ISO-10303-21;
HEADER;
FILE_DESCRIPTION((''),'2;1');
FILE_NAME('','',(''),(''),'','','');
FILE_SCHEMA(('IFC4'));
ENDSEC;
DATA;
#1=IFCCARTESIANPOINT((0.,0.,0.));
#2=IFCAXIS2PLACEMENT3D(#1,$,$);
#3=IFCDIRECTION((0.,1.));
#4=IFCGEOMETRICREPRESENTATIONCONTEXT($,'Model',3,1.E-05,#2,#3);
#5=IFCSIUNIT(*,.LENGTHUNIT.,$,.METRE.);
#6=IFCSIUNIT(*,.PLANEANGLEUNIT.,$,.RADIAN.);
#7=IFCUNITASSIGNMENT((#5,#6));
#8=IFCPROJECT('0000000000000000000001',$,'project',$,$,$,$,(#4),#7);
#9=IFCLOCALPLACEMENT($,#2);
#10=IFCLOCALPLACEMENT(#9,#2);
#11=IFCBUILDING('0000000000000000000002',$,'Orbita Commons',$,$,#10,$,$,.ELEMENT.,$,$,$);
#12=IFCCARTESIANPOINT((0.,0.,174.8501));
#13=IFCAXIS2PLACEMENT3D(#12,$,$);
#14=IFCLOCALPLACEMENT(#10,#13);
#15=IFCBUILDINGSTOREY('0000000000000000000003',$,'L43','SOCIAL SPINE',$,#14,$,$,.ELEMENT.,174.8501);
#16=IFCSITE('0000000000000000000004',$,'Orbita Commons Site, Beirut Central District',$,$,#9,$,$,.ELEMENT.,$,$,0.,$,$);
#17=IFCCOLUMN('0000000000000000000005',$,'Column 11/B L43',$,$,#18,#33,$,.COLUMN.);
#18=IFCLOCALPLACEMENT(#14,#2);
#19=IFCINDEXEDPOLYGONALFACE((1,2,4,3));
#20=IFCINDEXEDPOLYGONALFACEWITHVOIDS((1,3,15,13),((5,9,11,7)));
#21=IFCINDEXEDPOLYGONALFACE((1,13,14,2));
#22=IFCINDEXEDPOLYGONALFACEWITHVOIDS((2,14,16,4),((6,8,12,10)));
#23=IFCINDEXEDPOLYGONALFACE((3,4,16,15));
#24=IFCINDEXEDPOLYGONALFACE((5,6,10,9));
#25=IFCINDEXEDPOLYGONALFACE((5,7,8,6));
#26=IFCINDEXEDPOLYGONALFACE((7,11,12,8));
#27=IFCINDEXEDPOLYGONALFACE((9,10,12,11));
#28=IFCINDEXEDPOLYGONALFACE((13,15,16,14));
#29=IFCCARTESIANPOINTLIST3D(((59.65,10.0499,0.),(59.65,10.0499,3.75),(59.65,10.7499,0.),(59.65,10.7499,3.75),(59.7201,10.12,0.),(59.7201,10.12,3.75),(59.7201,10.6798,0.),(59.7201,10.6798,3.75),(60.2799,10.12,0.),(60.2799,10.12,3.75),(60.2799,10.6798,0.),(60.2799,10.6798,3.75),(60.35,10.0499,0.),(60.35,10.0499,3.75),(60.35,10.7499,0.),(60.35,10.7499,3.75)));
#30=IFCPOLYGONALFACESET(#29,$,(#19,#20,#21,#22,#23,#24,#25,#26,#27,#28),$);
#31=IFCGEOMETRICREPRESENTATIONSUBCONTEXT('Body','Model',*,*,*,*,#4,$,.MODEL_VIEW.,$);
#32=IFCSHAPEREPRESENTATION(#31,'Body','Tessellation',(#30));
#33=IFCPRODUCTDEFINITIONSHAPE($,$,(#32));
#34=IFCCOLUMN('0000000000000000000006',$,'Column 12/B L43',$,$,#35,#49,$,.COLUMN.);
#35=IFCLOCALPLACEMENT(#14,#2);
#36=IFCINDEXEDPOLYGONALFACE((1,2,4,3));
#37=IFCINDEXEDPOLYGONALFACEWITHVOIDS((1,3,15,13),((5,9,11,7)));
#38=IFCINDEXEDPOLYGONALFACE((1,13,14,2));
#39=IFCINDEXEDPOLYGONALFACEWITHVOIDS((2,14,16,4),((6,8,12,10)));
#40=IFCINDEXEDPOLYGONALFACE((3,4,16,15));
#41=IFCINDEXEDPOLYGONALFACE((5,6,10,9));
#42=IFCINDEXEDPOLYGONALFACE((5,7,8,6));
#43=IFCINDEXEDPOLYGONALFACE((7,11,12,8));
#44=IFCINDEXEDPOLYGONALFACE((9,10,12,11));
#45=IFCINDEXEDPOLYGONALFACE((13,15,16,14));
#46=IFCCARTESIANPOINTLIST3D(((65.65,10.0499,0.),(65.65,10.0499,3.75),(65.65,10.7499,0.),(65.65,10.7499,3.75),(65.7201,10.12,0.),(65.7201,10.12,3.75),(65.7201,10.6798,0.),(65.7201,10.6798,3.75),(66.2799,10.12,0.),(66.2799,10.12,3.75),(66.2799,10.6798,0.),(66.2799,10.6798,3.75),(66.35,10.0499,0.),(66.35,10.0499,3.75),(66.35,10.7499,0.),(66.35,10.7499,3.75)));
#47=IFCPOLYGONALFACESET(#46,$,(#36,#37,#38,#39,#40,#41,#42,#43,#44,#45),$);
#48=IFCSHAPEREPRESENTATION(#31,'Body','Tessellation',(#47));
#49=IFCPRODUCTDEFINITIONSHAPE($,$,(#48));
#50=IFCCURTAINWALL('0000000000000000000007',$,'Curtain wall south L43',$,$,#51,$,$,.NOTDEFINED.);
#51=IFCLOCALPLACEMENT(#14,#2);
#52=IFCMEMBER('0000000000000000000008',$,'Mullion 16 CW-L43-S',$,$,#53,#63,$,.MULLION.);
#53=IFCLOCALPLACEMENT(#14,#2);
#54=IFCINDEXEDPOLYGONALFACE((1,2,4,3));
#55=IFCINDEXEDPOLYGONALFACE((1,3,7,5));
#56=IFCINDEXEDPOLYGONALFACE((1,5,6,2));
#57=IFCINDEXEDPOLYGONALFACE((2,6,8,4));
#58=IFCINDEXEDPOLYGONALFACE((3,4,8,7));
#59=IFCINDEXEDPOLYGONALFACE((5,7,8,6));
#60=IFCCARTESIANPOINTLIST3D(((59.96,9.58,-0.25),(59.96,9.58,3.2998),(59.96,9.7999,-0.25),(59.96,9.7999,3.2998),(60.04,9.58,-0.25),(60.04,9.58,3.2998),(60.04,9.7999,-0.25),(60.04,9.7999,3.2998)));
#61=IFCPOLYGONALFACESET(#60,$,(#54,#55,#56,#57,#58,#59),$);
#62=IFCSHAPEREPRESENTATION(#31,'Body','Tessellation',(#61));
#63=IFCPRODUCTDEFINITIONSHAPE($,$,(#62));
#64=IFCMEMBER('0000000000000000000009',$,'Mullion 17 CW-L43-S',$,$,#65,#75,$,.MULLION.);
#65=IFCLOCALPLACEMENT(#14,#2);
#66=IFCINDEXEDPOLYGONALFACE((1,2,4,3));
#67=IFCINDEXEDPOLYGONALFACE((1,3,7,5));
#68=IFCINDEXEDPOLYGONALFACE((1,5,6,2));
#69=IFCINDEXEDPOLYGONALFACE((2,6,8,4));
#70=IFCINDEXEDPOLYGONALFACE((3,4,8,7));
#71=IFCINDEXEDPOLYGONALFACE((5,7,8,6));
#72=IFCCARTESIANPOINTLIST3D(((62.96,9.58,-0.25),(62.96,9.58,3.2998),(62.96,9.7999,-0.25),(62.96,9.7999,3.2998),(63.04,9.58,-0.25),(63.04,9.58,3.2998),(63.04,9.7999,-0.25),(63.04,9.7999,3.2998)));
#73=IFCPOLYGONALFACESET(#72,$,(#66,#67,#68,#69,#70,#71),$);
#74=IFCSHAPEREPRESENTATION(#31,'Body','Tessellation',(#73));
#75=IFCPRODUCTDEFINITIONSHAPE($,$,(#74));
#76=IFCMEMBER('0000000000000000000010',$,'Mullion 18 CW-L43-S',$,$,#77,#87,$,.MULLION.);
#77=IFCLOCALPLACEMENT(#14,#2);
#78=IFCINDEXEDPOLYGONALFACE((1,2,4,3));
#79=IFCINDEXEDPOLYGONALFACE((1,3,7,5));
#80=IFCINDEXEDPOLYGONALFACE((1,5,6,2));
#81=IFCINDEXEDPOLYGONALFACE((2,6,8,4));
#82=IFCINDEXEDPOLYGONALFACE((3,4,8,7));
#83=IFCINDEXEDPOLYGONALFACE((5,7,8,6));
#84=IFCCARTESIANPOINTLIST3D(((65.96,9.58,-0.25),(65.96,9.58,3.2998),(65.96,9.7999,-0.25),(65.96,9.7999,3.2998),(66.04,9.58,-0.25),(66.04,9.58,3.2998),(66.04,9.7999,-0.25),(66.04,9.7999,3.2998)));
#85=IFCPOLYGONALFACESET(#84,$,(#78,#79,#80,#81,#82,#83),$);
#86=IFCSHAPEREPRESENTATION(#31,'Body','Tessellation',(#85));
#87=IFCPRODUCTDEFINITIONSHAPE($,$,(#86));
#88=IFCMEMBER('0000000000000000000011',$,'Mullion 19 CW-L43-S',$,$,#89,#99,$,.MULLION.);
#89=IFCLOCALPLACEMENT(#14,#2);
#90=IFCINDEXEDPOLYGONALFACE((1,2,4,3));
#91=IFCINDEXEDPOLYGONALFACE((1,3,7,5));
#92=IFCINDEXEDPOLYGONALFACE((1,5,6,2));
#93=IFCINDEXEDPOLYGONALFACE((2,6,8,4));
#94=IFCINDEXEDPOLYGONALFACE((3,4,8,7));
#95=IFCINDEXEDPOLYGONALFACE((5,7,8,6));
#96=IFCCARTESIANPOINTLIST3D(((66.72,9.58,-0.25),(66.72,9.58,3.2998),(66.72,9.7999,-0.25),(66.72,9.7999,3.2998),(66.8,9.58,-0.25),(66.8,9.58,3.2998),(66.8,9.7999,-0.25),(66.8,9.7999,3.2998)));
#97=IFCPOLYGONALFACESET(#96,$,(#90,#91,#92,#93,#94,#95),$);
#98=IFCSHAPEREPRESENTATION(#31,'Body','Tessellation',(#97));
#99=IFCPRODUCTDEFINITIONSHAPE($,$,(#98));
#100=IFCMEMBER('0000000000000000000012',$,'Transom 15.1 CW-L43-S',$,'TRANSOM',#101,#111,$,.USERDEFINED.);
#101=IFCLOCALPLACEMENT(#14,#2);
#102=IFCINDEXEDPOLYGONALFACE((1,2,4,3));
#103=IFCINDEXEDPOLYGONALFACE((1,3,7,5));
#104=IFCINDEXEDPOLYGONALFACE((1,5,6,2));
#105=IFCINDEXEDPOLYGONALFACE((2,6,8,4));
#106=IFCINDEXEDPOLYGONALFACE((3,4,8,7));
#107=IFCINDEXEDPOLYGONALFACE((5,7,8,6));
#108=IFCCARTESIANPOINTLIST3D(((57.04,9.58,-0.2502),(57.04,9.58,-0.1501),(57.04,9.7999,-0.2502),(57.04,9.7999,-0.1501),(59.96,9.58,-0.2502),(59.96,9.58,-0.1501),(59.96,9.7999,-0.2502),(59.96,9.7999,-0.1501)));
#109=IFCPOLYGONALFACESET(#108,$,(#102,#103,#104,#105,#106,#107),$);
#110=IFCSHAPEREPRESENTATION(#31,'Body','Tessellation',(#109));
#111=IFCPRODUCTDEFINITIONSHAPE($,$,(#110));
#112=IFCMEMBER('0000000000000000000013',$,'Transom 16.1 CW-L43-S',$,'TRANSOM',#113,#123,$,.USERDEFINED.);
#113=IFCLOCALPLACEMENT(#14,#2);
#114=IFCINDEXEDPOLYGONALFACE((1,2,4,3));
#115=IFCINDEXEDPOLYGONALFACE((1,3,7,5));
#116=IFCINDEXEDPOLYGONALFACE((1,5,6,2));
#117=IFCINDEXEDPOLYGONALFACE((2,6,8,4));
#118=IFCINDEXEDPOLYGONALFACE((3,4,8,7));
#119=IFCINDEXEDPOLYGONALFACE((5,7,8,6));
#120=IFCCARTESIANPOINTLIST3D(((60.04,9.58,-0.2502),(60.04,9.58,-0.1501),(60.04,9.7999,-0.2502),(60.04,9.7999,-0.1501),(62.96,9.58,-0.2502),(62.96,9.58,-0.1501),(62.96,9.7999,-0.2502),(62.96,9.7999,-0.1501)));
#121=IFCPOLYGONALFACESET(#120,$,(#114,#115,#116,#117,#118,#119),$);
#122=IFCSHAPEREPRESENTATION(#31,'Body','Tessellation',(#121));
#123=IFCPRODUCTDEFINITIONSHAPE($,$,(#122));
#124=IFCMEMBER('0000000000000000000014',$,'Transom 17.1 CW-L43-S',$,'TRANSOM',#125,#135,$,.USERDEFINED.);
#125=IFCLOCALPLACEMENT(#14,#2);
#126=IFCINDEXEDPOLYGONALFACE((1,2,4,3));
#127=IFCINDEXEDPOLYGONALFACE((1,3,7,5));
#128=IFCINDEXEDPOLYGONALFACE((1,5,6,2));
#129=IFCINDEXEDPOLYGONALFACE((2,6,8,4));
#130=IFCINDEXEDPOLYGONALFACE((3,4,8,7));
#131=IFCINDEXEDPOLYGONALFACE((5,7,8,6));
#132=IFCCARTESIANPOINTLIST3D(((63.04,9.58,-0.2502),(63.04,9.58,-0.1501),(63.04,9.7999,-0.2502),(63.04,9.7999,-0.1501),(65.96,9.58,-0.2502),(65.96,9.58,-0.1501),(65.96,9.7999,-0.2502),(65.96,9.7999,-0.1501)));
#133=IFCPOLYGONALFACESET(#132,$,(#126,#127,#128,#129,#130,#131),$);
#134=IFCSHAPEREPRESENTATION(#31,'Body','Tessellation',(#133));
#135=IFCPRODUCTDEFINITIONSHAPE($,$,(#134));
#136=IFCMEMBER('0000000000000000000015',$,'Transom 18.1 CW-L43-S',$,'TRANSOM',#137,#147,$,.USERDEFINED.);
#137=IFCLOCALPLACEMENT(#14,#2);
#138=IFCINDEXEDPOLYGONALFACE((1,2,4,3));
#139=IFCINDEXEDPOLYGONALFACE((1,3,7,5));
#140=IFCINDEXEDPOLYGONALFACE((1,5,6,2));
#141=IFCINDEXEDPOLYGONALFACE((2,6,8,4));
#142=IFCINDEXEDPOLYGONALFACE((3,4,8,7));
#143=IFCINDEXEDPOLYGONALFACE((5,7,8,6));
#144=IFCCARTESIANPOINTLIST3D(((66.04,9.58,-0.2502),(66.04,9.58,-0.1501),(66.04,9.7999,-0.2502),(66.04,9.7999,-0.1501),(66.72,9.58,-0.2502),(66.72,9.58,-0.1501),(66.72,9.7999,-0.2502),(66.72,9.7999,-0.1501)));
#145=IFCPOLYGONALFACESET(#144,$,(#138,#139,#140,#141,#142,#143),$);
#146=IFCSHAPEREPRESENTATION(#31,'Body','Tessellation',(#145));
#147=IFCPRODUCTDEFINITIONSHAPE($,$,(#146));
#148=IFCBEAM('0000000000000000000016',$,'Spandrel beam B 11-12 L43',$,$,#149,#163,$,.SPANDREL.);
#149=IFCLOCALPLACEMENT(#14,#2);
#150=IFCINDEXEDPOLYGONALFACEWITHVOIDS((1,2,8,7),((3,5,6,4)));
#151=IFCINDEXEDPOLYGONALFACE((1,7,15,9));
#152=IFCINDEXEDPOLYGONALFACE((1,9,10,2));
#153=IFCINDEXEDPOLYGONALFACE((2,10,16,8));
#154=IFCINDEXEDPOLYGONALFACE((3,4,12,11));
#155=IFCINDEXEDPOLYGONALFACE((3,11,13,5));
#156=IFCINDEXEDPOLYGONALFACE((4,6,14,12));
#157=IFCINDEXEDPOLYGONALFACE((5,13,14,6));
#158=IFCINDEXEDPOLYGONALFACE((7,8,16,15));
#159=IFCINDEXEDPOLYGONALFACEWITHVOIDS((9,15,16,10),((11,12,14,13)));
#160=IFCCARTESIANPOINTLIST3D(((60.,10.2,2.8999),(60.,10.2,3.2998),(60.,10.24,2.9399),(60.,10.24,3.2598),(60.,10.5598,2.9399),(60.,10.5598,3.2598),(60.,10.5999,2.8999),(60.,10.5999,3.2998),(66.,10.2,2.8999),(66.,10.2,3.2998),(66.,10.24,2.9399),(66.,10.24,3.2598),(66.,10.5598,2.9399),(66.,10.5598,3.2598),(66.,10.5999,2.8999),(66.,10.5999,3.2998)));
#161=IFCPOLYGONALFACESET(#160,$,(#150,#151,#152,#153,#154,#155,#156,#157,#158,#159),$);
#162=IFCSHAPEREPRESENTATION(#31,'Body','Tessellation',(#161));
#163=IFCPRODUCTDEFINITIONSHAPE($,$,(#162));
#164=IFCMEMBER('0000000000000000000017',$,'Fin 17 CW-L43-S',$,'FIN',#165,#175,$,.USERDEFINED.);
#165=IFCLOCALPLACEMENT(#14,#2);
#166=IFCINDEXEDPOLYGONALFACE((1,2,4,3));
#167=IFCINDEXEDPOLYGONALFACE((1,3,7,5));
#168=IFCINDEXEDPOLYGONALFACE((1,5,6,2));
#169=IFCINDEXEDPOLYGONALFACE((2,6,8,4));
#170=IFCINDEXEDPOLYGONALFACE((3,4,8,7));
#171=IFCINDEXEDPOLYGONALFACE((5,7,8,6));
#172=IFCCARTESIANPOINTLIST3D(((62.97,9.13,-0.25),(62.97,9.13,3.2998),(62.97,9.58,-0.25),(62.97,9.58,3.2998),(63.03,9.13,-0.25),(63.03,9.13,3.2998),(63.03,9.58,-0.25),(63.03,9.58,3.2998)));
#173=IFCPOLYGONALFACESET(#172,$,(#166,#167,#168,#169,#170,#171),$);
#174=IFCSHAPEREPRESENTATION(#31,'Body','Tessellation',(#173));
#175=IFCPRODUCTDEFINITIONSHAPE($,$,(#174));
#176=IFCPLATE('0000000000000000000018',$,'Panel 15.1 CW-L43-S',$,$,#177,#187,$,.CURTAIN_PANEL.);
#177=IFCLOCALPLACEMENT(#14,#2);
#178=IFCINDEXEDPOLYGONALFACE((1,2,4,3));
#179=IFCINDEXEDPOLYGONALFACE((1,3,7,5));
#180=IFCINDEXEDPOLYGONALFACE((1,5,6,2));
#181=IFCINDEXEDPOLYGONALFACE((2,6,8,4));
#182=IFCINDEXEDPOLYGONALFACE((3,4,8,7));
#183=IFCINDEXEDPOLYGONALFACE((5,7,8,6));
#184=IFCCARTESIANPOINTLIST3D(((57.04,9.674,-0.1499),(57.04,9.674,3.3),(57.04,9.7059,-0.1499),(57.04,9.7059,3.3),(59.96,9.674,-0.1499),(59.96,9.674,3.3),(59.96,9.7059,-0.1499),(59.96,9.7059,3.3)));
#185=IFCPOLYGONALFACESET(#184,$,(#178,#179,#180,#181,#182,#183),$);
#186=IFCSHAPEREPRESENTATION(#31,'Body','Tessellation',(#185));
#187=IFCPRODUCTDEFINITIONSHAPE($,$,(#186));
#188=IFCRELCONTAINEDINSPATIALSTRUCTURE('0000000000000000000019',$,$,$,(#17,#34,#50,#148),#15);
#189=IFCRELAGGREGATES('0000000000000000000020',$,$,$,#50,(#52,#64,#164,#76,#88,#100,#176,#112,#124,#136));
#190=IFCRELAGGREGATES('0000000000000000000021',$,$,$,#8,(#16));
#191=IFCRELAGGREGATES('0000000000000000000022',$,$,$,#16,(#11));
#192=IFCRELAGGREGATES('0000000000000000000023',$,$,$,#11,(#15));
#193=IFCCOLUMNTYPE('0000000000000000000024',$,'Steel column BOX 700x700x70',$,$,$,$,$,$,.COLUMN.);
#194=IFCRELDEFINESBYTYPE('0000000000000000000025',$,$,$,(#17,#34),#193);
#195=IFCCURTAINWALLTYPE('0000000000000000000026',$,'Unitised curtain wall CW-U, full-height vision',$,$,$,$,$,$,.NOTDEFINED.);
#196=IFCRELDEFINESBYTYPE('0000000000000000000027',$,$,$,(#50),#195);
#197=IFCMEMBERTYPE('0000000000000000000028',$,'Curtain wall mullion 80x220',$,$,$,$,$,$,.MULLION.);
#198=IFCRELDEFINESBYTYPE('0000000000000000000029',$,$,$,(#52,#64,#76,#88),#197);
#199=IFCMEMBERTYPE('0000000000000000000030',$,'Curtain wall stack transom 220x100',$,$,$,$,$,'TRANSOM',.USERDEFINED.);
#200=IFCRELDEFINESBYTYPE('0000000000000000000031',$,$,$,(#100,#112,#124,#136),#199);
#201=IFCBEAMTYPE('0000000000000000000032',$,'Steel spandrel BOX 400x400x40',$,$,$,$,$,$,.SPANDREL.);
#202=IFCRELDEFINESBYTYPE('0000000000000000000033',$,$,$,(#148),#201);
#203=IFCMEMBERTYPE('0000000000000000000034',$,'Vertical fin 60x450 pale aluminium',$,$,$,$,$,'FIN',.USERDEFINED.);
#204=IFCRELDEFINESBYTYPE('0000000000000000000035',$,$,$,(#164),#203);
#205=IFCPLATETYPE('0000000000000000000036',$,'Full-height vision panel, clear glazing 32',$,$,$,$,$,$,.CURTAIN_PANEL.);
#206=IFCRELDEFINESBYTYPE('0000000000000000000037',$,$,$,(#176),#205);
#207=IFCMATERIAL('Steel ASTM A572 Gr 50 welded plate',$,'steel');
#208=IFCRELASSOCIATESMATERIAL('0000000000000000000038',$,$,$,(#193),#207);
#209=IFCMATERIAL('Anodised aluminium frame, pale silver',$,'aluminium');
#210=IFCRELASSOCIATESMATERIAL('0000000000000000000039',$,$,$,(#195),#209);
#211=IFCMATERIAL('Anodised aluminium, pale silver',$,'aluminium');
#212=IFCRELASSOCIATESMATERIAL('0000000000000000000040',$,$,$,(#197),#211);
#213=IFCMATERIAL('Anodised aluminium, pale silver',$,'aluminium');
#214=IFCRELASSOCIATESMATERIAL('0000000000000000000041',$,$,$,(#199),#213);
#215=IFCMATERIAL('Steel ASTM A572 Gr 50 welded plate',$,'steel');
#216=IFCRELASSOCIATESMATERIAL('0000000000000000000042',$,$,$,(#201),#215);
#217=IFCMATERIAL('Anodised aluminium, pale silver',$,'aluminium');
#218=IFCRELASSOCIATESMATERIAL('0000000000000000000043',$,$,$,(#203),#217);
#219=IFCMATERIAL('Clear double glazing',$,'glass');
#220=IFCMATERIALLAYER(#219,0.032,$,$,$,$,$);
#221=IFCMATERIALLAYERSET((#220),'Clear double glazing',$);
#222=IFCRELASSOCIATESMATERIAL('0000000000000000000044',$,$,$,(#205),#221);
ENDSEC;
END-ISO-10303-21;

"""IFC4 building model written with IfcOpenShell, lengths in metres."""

from ifc_helpers import new_model, si_unit, direction, frame, origin, origin_2d, place, context, subcontext, project, spatial, rectangle, hollow_rectangle, extrude, material, layer, layer_set, material_profile, profile_set, type_object, element, aggregate, save


model = new_model("IFC4")

# Units and contexts
model_context = context("Model", 3, precision=1e-05, world=origin(), true_north=direction((0.0, 1.0)))
body_context = subcontext(model_context, "Body", "Model", "MODEL_VIEW")
ifc_project = project(units=[si_unit("LENGTHUNIT", "METRE"), si_unit("PLANEANGLEUNIT", "RADIAN")], contexts=[model_context])

# Site, building, storey
site_placement = place(None, origin())
site = spatial("IfcSite", under=ifc_project, at=site_placement, Name="Orbita Commons Site, Beirut Central District", CompositionType="ELEMENT", RefElevation=0.0)
building_placement = place(site_placement, origin())
building = spatial("IfcBuilding", under=site, at=building_placement, Name="Orbita Commons", CompositionType="ELEMENT")
storey_placement = place(building_placement, frame((0.0, 0.0, 174.8501)))
storey = spatial("IfcBuildingStorey", under=building, at=storey_placement, Name="L43", Description="SOCIAL SPINE", CompositionType="ELEMENT", Elevation=174.8501)

# Columns
ifc_material_1 = material(Name="Steel ASTM A572 Gr 50 welded plate", Category="steel")
ifc_material_profile_1 = material_profile(ifc_material_1, hollow_rectangle(XDim=0.7, YDim=0.7, WallThickness=0.0701, at=origin_2d()), Name="BOX 700x700x70")
ifc_profile_set_1 = profile_set([ifc_material_profile_1], Name="Steel ASTM A572 Gr 50 welded plate")
column_type = type_object("IfcColumnType", Name="Steel column BOX 700x700x70", PredefinedType="COLUMN", material=ifc_profile_set_1)
for number, where, z_axis, x_axis, name in (
    (1, (60.0, 10.3999, 0.0), (0.0, 0.0, 1.0), (1.0, 0.0, 0.0), "Column 11/B L43"),
    (2, (66.0, 10.3999, 0.0), (0.0, 0.0, 1.0), (1.0, 0.0, 0.0), "Column 12/B L43"),
):
    element("IfcColumn", number, at=place(storey_placement, frame(where, z_axis=z_axis, x_axis=x_axis)), inside=storey, type_object=column_type, Name=name, PredefinedType="COLUMN", context=body_context, shape_type="SweptSolid", body=[
        extrude(hollow_rectangle(XDim=0.7, YDim=0.7, WallThickness=0.0701, at=origin_2d()), origin(), (0.0, 0.0, 1.0), 3.75),
    ])

# Curtain wall, members
ifc_material_2 = material(Name="Anodised aluminium frame, pale silver", Category="aluminium")
curtain_wall_type = type_object("IfcCurtainWallType", Name="Unitised curtain wall CW-U, full-height vision", PredefinedType="NOTDEFINED", material=ifc_material_2)
curtain_wall_placement = place(storey_placement, origin())
curtain_wall = element("IfcCurtainWall", 3, at=curtain_wall_placement, inside=storey, type_object=curtain_wall_type, Name="Curtain wall south L43", PredefinedType="NOTDEFINED")
ifc_material_3 = material(Name="Anodised aluminium, pale silver", Category="aluminium")
ifc_material_profile_2 = material_profile(ifc_material_3, rectangle(XDim=0.0801, YDim=0.22, at=origin_2d()), Name="AL 80x220")
ifc_profile_set_2 = profile_set([ifc_material_profile_2], Name="Anodised aluminium, pale silver")
member_type_1 = type_object("IfcMemberType", Name="Curtain wall mullion 80x220", PredefinedType="MULLION", material=ifc_profile_set_2)
member_1_placement = place(storey_placement, frame((60.0, 9.6899, -0.25), z_axis=(0.0, 0.0, 1.0), x_axis=(1.0, 0.0, 0.0)))
member_1 = element("IfcMember", 4, at=member_1_placement, type_object=member_type_1, Name="Mullion 16 CW-L43-S", PredefinedType="MULLION", context=body_context, shape_type="SweptSolid", body=[
    extrude(rectangle(XDim=0.0801, YDim=0.22, at=origin_2d()), origin(), (0.0, 0.0, 1.0), 3.5498),
])
member_2_placement = place(storey_placement, frame((63.0, 9.6899, -0.25), z_axis=(0.0, 0.0, 1.0), x_axis=(1.0, 0.0, 0.0)))
member_2 = element("IfcMember", 5, at=member_2_placement, type_object=member_type_1, Name="Mullion 17 CW-L43-S", PredefinedType="MULLION", context=body_context, shape_type="SweptSolid", body=[
    extrude(rectangle(XDim=0.0801, YDim=0.22, at=origin_2d()), origin(), (0.0, 0.0, 1.0), 3.5498),
])
member_3_placement = place(storey_placement, frame((66.0, 9.6899, -0.25), z_axis=(0.0, 0.0, 1.0), x_axis=(1.0, 0.0, 0.0)))
member_3 = element("IfcMember", 6, at=member_3_placement, type_object=member_type_1, Name="Mullion 18 CW-L43-S", PredefinedType="MULLION", context=body_context, shape_type="SweptSolid", body=[
    extrude(rectangle(XDim=0.0801, YDim=0.22, at=origin_2d()), origin(), (0.0, 0.0, 1.0), 3.5498),
])
member_4_placement = place(storey_placement, frame((66.76, 9.6899, -0.25), z_axis=(0.0, 0.0, 1.0), x_axis=(1.0, 0.0, 0.0)))
member_4 = element("IfcMember", 7, at=member_4_placement, type_object=member_type_1, Name="Mullion 19 CW-L43-S", PredefinedType="MULLION", context=body_context, shape_type="SweptSolid", body=[
    extrude(rectangle(XDim=0.0801, YDim=0.22, at=origin_2d()), origin(), (0.0, 0.0, 1.0), 3.5498),
])
ifc_material_4 = material(Name="Anodised aluminium, pale silver", Category="aluminium")
ifc_material_profile_3 = material_profile(ifc_material_4, rectangle(XDim=0.22, YDim=0.1001, at=origin_2d()), Name="AL 220x100")
ifc_profile_set_3 = profile_set([ifc_material_profile_3], Name="Anodised aluminium, pale silver")
member_type_2 = type_object("IfcMemberType", Name="Curtain wall stack transom 220x100", ElementType="TRANSOM", PredefinedType="USERDEFINED", material=ifc_profile_set_3)
member_5_placement = place(storey_placement, frame((57.04, 9.6899, -0.2002), z_axis=(1.0, 0.0, 0.0), x_axis=(0.0, 1.0, 0.0)))
member_5 = element("IfcMember", 8, at=member_5_placement, type_object=member_type_2, Name="Transom 15.1 CW-L43-S", ObjectType="TRANSOM", PredefinedType="USERDEFINED", context=body_context, shape_type="SweptSolid", body=[
    extrude(rectangle(XDim=0.22, YDim=0.1001, at=origin_2d()), origin(), (0.0, 0.0, 1.0), 2.9199),
])
member_6_placement = place(storey_placement, frame((60.04, 9.6899, -0.2002), z_axis=(1.0, 0.0, 0.0), x_axis=(0.0, 1.0, 0.0)))
member_6 = element("IfcMember", 9, at=member_6_placement, type_object=member_type_2, Name="Transom 16.1 CW-L43-S", ObjectType="TRANSOM", PredefinedType="USERDEFINED", context=body_context, shape_type="SweptSolid", body=[
    extrude(rectangle(XDim=0.22, YDim=0.1001, at=origin_2d()), origin(), (0.0, 0.0, 1.0), 2.9199),
])
member_7_placement = place(storey_placement, frame((63.04, 9.6899, -0.2002), z_axis=(1.0, 0.0, 0.0), x_axis=(0.0, 1.0, 0.0)))
member_7 = element("IfcMember", 10, at=member_7_placement, type_object=member_type_2, Name="Transom 17.1 CW-L43-S", ObjectType="TRANSOM", PredefinedType="USERDEFINED", context=body_context, shape_type="SweptSolid", body=[
    extrude(rectangle(XDim=0.22, YDim=0.1001, at=origin_2d()), origin(), (0.0, 0.0, 1.0), 2.9199),
])
member_8_placement = place(storey_placement, frame((66.04, 9.6899, -0.2002), z_axis=(1.0, 0.0, 0.0), x_axis=(0.0, 1.0, 0.0)))
member_8 = element("IfcMember", 11, at=member_8_placement, type_object=member_type_2, Name="Transom 18.1 CW-L43-S", ObjectType="TRANSOM", PredefinedType="USERDEFINED", context=body_context, shape_type="SweptSolid", body=[
    extrude(rectangle(XDim=0.22, YDim=0.1001, at=origin_2d()), origin(), (0.0, 0.0, 1.0), 0.6799),
])

# Beam
ifc_material_5 = material(Name="Steel ASTM A572 Gr 50 welded plate", Category="steel")
ifc_material_profile_4 = material_profile(ifc_material_5, hollow_rectangle(XDim=0.3999, YDim=0.3999, WallThickness=0.04, at=origin_2d()), Name="BOX 400x400x40")
ifc_profile_set_4 = profile_set([ifc_material_profile_4], Name="Steel ASTM A572 Gr 50 welded plate")
beam_type = type_object("IfcBeamType", Name="Steel spandrel BOX 400x400x40", PredefinedType="SPANDREL", material=ifc_profile_set_4)
beam_placement = place(storey_placement, frame((60.0, 10.3999, 3.0999), z_axis=(1.0, 0.0, 0.0), x_axis=(0.0, 1.0, 0.0)))
element("IfcBeam", 12, at=beam_placement, inside=storey, type_object=beam_type, Name="Spandrel beam B 11-12 L43", PredefinedType="SPANDREL", context=body_context, shape_type="SweptSolid", body=[
    extrude(hollow_rectangle(XDim=0.3999, YDim=0.3999, WallThickness=0.04, at=origin_2d()), origin(), (0.0, 0.0, 1.0), 6.0),
])

# Member
ifc_material_6 = material(Name="Anodised aluminium, pale silver", Category="aluminium")
ifc_material_profile_5 = material_profile(ifc_material_6, rectangle(XDim=0.0601, YDim=0.45, at=origin_2d()), Name="FIN 60x450")
ifc_profile_set_5 = profile_set([ifc_material_profile_5], Name="Anodised aluminium, pale silver")
member_type_3 = type_object("IfcMemberType", Name="Vertical fin 60x450 pale aluminium", ElementType="FIN", PredefinedType="USERDEFINED", material=ifc_profile_set_5)
member_9_placement = place(storey_placement, frame((63.0, 9.355, -0.25), z_axis=(0.0, 0.0, 1.0), x_axis=(1.0, 0.0, 0.0)))
member_9 = element("IfcMember", 13, at=member_9_placement, type_object=member_type_3, Name="Fin 17 CW-L43-S", ObjectType="FIN", PredefinedType="USERDEFINED", context=body_context, shape_type="SweptSolid", body=[
    extrude(rectangle(XDim=0.0601, YDim=0.45, at=origin_2d()), origin(), (0.0, 0.0, 1.0), 3.5498),
])

# Plate
ifc_material_7 = material(Name="Clear double glazing", Category="glass")
ifc_layer_1 = layer(ifc_material_7, 0.032)
ifc_layer_set_1 = layer_set([ifc_layer_1], Name="Clear double glazing")
plate_type = type_object("IfcPlateType", Name="Full-height vision panel, clear glazing 32", PredefinedType="CURTAIN_PANEL", material=ifc_layer_set_1)
plate_1_placement = place(storey_placement, frame((58.5, 9.6899, -0.1499), z_axis=(0.0, 0.0, 1.0), x_axis=(1.0, 0.0, 0.0)))
plate_1 = element("IfcPlate", 14, at=plate_1_placement, type_object=plate_type, Name="Panel 15.1 CW-L43-S", PredefinedType="CURTAIN_PANEL", context=body_context, shape_type="SweptSolid", body=[
    extrude(rectangle(XDim=2.9199, YDim=0.032, at=origin_2d()), origin(), (0.0, 0.0, 1.0), 3.45),
])
aggregate(curtain_wall, [member_1, member_2, member_9, member_3, member_4, member_5, plate_1, member_6, member_7, member_8])

save(model, "model.ifc")
